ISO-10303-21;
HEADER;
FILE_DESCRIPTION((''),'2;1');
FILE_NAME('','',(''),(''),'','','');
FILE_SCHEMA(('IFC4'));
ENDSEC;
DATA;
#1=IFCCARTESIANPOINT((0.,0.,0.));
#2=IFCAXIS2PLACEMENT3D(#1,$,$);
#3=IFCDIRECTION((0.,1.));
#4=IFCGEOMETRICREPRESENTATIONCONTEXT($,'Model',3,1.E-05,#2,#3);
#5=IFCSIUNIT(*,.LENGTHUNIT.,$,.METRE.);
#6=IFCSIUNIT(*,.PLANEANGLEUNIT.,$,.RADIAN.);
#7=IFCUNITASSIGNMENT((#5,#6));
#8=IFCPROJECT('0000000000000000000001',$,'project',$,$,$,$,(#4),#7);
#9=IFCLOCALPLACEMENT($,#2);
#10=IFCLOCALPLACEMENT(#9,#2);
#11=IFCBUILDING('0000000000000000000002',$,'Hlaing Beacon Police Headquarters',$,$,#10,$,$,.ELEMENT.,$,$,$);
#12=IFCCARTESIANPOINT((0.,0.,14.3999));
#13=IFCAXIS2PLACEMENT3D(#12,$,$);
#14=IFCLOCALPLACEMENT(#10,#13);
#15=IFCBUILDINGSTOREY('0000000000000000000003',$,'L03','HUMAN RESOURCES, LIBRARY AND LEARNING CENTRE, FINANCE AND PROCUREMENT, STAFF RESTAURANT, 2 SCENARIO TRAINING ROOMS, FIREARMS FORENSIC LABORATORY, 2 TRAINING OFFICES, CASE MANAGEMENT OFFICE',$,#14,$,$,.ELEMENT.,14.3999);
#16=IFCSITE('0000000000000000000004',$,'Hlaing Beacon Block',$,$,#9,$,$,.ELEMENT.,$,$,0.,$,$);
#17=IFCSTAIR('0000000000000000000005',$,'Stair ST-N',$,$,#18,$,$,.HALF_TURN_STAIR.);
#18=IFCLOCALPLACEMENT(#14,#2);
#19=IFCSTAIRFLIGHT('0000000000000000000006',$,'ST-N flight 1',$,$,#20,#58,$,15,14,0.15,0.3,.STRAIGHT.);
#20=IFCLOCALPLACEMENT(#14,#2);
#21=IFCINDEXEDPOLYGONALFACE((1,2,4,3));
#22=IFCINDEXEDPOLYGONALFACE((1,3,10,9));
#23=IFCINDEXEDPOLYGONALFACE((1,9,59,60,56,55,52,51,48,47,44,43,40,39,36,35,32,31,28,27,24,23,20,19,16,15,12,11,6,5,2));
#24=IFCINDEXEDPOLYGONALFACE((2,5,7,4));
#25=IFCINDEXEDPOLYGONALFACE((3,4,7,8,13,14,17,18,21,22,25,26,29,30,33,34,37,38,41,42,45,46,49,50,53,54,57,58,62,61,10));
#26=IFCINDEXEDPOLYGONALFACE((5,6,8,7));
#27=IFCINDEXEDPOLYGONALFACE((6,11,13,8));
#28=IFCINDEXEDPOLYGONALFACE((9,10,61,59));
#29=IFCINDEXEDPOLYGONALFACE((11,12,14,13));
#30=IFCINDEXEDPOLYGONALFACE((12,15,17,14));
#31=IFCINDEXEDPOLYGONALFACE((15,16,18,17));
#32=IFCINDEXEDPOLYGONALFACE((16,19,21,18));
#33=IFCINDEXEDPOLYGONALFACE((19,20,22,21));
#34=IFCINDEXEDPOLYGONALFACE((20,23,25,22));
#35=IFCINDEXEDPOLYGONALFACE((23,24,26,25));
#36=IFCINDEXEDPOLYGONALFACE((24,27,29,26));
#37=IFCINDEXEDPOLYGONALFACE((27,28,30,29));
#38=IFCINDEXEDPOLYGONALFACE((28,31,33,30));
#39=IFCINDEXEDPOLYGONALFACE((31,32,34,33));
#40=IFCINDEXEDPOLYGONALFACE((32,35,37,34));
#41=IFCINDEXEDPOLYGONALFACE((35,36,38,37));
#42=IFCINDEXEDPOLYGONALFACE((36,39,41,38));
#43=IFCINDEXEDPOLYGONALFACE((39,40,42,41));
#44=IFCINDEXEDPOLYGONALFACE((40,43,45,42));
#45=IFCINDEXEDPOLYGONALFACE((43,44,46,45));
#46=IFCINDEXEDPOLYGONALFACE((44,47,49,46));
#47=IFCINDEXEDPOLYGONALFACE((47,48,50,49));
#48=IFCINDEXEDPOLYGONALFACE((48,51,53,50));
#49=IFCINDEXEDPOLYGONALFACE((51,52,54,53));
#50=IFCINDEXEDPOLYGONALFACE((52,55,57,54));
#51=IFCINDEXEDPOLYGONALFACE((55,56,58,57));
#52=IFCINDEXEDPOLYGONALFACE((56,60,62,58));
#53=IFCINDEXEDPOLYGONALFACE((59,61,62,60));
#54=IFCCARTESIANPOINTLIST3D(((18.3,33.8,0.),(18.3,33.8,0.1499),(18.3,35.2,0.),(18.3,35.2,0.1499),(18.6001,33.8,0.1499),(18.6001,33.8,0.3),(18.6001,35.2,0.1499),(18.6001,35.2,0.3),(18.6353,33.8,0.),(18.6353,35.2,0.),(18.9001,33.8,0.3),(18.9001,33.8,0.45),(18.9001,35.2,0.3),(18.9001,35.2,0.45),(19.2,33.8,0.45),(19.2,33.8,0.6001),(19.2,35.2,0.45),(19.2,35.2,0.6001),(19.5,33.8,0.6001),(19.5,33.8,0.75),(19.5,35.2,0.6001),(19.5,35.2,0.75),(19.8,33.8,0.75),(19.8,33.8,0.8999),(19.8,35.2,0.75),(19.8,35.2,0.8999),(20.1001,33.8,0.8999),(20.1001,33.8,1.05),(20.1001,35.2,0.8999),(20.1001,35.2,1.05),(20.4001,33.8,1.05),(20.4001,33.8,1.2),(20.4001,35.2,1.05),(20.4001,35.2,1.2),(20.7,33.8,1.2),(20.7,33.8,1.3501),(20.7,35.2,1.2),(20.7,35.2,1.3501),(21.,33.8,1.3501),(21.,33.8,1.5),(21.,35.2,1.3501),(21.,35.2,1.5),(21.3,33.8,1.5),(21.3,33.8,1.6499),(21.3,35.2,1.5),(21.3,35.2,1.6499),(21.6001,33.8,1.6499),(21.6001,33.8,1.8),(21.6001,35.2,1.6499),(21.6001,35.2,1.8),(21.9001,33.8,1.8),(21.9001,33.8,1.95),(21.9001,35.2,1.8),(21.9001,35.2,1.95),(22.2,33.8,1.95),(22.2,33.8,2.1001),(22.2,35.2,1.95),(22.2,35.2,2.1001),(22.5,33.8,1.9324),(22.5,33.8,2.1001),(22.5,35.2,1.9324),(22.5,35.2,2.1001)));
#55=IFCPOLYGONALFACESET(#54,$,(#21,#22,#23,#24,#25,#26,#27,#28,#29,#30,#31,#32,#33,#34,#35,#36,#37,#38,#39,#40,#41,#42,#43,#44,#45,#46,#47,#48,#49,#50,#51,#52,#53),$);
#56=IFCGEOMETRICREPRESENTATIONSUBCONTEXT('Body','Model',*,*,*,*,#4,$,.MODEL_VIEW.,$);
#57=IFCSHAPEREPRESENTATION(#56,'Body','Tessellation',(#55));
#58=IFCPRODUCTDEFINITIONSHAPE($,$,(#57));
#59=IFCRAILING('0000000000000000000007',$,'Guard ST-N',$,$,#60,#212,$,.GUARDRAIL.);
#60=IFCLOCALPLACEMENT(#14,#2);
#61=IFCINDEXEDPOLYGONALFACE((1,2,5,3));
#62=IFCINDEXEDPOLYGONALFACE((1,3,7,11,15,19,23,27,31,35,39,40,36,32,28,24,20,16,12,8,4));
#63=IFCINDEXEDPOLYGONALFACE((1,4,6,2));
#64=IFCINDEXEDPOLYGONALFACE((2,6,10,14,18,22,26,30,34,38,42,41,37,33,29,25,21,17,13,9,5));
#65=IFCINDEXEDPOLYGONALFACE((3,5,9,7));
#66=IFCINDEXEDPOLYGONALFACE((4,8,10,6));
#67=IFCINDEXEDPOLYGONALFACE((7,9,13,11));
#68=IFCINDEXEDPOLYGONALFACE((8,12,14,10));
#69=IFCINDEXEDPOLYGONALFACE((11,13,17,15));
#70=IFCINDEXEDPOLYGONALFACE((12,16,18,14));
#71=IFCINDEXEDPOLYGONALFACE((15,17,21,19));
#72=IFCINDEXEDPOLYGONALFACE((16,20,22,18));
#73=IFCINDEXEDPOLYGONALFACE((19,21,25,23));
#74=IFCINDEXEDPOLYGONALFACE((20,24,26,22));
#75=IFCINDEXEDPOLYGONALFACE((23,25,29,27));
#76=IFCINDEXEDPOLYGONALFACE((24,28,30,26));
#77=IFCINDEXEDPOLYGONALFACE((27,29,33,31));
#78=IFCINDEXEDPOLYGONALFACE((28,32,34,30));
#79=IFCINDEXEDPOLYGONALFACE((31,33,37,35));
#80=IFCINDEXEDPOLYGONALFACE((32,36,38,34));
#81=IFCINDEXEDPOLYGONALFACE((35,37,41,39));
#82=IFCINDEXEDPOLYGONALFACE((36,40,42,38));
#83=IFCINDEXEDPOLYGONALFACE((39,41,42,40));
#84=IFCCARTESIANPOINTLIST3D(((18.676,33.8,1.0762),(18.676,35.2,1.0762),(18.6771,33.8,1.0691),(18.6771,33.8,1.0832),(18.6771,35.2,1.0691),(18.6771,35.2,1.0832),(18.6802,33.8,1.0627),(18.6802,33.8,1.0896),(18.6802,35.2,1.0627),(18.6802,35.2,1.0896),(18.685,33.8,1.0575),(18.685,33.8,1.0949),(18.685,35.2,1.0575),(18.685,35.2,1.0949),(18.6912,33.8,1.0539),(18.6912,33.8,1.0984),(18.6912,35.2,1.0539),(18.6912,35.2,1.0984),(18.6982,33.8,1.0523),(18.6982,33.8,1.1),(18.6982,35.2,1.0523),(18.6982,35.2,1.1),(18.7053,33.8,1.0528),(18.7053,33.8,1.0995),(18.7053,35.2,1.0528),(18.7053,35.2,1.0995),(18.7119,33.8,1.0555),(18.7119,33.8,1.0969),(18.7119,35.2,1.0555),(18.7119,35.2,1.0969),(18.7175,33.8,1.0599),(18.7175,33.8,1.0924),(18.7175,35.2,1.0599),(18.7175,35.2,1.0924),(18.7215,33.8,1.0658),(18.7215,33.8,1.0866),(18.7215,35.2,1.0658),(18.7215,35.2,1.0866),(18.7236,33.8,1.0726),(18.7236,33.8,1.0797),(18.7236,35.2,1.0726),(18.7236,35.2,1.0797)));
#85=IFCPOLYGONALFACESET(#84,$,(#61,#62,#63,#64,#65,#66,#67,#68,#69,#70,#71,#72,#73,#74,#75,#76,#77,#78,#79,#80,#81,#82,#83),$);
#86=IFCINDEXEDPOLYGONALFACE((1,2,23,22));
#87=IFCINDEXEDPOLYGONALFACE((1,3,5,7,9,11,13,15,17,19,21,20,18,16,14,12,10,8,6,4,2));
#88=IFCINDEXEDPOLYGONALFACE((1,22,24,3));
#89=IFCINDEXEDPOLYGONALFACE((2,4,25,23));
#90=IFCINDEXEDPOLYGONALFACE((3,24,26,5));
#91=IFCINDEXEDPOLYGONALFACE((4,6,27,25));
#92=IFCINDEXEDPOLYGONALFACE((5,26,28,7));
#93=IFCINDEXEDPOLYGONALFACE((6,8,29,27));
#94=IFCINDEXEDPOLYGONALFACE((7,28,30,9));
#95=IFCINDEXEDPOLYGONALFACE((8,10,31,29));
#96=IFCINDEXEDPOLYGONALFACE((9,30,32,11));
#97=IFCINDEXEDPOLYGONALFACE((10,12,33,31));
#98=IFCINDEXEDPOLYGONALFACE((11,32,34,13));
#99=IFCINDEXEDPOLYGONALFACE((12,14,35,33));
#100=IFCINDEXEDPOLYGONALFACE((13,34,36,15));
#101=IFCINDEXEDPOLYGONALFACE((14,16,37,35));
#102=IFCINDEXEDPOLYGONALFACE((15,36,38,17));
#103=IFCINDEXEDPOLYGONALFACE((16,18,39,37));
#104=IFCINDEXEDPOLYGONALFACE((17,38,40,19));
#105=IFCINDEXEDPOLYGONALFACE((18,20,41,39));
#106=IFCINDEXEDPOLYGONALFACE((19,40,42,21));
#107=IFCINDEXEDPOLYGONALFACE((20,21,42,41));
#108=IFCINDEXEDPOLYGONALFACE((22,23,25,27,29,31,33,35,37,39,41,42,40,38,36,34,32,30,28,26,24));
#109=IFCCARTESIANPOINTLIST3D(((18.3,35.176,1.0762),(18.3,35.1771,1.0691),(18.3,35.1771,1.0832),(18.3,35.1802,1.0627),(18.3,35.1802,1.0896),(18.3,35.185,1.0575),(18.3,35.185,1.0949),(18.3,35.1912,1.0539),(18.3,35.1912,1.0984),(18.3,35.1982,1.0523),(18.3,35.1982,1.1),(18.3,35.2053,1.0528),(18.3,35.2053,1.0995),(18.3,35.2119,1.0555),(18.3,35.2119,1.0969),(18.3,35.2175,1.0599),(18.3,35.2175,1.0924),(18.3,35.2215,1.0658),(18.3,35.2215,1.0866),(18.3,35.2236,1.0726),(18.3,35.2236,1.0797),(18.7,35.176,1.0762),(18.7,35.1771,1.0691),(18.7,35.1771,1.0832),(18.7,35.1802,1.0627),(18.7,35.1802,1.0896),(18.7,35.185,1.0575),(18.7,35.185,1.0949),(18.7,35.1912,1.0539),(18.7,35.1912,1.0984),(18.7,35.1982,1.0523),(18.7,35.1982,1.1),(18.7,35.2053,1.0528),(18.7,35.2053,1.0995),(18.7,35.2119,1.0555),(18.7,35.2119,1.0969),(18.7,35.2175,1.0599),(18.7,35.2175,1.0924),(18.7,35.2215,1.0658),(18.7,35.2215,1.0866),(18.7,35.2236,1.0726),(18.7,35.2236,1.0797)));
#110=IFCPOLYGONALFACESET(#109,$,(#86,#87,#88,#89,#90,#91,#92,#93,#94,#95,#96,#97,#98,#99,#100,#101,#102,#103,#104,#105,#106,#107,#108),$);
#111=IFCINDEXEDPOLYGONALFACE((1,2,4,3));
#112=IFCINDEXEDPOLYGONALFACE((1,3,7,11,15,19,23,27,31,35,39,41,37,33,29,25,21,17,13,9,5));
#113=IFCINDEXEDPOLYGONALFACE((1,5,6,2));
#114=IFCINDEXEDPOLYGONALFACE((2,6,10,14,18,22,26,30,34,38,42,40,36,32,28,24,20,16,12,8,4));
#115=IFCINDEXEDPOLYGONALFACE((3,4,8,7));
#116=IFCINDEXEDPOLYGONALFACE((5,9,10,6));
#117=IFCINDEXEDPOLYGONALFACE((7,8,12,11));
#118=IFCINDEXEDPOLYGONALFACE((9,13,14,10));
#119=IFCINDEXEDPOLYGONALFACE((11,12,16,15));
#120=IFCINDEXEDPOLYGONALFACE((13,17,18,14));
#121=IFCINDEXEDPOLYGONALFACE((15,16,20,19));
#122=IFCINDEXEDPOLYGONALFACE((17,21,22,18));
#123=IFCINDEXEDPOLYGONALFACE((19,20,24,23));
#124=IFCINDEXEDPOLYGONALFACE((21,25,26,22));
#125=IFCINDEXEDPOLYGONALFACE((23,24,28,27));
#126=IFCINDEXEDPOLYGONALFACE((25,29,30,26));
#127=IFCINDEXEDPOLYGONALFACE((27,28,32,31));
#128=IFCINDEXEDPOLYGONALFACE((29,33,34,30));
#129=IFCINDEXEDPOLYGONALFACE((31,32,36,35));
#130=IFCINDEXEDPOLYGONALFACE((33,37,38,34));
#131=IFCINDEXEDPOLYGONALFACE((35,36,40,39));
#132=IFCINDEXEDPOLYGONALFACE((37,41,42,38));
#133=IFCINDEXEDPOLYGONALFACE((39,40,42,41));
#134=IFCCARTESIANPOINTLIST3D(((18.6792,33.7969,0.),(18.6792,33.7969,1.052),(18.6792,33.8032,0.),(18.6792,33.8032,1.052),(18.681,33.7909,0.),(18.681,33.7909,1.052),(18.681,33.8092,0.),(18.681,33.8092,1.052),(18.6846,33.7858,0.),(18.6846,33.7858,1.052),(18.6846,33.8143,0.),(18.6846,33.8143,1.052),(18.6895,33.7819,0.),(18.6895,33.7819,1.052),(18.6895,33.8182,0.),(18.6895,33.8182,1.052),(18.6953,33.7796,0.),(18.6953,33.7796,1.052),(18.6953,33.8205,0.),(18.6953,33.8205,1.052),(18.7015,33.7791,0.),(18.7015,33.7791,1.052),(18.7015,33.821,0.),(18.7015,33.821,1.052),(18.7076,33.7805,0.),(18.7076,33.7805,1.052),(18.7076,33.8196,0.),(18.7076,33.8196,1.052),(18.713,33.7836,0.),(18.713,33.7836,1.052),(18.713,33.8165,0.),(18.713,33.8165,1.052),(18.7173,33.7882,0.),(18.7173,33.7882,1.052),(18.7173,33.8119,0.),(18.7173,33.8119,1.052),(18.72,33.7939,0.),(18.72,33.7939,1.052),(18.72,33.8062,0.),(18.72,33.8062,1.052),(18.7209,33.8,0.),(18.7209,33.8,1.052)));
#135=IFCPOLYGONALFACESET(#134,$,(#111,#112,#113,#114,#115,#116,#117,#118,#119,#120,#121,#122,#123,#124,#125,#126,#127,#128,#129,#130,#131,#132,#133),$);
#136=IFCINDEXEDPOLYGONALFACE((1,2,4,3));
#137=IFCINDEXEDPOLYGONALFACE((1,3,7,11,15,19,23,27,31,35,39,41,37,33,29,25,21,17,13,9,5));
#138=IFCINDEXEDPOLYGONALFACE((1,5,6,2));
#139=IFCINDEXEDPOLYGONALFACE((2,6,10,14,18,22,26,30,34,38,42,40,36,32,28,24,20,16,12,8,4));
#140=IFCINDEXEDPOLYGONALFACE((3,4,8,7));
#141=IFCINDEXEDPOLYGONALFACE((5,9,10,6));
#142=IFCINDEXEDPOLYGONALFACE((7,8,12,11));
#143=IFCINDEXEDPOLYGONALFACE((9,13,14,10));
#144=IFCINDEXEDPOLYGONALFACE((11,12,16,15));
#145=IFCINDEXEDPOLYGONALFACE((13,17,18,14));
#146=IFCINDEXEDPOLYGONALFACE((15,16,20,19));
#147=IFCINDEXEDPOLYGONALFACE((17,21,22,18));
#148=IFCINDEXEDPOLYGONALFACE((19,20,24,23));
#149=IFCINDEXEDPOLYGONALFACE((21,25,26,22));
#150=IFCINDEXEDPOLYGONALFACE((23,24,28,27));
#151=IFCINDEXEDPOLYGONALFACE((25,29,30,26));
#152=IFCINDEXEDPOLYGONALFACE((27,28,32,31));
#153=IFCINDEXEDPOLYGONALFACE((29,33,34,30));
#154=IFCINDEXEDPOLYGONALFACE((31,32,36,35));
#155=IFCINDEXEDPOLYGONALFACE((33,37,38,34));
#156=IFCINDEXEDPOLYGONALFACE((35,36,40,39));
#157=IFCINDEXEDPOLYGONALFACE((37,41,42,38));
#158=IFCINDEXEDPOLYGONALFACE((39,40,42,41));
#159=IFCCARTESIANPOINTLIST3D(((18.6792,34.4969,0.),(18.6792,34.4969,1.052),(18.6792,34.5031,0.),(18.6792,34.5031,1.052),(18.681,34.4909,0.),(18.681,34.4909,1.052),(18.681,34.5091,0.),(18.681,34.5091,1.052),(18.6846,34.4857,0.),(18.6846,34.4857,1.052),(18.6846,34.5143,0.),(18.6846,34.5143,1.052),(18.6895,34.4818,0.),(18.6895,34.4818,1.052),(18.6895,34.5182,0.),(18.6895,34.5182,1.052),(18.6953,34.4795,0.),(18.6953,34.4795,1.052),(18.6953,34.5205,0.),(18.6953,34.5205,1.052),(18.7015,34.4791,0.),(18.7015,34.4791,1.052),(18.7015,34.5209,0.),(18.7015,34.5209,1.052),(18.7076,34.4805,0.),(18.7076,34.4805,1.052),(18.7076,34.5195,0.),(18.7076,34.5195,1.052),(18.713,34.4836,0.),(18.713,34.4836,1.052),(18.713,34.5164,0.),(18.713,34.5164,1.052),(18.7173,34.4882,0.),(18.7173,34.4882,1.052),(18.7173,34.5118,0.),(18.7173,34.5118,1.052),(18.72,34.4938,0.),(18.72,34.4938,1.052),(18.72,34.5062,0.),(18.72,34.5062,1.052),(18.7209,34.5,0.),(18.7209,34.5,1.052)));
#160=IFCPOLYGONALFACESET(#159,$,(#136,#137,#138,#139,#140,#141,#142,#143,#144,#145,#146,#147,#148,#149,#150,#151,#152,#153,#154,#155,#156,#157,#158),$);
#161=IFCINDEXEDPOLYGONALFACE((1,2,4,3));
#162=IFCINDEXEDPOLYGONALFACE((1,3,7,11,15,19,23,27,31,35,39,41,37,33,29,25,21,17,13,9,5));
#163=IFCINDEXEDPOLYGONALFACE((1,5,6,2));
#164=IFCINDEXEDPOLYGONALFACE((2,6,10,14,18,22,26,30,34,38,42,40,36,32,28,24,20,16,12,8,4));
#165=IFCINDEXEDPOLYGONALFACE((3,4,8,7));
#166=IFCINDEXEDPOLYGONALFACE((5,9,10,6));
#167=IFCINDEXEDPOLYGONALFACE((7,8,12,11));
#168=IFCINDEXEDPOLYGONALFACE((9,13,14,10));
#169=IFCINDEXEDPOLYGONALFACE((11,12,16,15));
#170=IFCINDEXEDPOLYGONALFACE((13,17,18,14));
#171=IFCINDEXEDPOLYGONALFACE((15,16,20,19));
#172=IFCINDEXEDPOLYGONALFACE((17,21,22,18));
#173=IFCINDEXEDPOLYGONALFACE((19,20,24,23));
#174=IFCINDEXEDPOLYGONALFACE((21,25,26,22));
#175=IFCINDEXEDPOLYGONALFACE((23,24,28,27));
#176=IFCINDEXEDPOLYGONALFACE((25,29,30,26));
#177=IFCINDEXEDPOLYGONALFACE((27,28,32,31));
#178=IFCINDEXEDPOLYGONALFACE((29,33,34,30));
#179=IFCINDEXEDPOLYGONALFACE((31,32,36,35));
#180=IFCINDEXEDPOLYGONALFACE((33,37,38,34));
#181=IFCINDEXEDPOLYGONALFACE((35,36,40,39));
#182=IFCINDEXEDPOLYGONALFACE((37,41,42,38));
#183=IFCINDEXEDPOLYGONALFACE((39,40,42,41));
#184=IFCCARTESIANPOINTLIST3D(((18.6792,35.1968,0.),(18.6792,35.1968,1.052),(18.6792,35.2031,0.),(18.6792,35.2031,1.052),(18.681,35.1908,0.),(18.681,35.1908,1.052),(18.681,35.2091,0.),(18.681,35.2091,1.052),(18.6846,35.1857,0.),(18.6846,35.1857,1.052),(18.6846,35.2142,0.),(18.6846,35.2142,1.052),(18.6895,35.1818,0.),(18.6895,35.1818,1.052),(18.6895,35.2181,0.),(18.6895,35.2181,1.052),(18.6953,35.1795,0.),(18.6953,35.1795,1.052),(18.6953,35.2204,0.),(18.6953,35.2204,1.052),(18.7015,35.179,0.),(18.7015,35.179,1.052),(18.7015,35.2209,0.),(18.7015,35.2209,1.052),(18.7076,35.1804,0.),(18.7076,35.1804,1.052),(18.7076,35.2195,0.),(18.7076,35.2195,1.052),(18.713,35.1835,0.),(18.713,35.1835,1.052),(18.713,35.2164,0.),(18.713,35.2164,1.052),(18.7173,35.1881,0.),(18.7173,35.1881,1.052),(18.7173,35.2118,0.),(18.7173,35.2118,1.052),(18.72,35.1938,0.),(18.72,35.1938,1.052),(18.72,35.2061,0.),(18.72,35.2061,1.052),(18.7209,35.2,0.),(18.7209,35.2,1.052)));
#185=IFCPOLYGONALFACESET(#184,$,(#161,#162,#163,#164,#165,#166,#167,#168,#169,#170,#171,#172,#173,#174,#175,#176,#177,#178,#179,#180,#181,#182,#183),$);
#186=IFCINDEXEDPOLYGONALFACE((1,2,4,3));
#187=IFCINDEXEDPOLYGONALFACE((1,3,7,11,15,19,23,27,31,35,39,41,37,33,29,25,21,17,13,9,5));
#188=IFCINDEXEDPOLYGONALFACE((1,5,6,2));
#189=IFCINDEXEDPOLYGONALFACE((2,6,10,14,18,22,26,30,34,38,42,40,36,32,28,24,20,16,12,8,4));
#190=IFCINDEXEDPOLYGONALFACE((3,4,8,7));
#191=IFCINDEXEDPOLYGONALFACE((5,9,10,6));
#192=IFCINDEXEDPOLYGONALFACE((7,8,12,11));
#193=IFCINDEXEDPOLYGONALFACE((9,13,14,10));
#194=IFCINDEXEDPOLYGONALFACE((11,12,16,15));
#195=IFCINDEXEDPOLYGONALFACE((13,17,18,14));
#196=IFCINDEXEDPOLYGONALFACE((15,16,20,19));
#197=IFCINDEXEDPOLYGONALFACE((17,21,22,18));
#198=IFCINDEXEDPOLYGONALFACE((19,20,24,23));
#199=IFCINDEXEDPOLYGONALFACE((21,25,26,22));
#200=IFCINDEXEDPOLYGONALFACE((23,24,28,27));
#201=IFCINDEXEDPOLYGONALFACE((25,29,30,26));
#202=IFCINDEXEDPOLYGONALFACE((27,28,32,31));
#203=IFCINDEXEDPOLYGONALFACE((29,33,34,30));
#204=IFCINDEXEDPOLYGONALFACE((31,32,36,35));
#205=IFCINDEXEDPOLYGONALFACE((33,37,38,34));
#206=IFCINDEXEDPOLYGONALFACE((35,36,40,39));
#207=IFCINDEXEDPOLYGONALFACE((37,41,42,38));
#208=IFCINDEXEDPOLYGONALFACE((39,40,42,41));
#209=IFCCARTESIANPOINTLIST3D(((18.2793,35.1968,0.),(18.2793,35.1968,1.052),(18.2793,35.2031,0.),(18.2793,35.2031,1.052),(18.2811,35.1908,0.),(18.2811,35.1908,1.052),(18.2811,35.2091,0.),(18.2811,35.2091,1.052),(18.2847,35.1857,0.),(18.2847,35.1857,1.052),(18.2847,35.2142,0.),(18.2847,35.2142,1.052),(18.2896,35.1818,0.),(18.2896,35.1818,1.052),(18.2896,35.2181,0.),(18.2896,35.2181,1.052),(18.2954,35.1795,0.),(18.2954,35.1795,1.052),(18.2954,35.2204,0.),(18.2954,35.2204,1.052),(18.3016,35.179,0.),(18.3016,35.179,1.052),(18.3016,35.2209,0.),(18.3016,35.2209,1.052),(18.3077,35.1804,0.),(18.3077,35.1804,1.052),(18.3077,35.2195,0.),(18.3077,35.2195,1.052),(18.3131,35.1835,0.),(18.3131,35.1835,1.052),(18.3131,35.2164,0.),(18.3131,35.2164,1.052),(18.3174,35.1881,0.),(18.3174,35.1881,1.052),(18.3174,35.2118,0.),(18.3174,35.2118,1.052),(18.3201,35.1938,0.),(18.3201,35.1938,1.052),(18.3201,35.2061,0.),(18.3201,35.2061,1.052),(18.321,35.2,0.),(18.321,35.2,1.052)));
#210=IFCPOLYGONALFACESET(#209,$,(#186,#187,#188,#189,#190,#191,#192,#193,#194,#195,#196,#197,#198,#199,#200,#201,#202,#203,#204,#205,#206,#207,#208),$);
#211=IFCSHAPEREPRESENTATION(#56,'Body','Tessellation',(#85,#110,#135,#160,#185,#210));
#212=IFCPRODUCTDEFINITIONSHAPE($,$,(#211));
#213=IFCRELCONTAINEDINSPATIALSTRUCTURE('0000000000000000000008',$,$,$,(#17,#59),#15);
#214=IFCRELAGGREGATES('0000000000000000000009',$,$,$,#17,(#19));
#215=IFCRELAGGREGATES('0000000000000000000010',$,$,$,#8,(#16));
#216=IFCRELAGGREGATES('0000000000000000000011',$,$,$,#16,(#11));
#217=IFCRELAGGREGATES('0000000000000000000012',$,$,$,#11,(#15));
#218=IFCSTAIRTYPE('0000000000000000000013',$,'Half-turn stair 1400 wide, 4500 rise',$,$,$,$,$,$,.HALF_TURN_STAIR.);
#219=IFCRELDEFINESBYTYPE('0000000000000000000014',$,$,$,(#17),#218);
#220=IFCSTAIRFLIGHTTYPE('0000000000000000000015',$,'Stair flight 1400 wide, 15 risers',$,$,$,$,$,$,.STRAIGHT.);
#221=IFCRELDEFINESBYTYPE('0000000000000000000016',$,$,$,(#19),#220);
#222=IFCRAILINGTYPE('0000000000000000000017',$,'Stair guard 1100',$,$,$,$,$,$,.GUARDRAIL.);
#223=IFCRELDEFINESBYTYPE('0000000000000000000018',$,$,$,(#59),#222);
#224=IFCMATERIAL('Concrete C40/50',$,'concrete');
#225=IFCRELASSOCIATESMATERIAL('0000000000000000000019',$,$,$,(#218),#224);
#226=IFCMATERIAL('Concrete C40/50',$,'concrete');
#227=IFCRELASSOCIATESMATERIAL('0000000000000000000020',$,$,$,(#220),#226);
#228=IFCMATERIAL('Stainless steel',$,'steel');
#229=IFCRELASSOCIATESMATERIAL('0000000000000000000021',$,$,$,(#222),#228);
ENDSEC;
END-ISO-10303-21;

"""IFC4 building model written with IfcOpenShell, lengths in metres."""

from ifc_helpers import new_model, si_unit, direction, frame, origin, origin_2d, place, context, subcontext, project, spatial, polyline, circle, outline, extrude, material, type_object, element, aggregate, save


model = new_model("IFC4")

# Units and contexts
model_context = context("Model", 3, precision=1e-05, world=origin(), true_north=direction((0.0, 1.0)))
body_context = subcontext(model_context, "Body", "Model", "MODEL_VIEW")
ifc_project = project(units=[si_unit("LENGTHUNIT", "METRE"), si_unit("PLANEANGLEUNIT", "RADIAN")], contexts=[model_context])

# Site, building, storey
site_placement = place(None, origin())
site = spatial("IfcSite", under=ifc_project, at=site_placement, Name="Hlaing Beacon Block", CompositionType="ELEMENT", RefElevation=0.0)
building_placement = place(site_placement, origin())
building = spatial("IfcBuilding", under=site, at=building_placement, Name="Hlaing Beacon Police Headquarters", CompositionType="ELEMENT")
storey_placement = place(building_placement, frame((0.0, 0.0, 14.3999)))
storey = spatial("IfcBuildingStorey", under=building, at=storey_placement, Name="L03", Description="HUMAN RESOURCES, LIBRARY AND LEARNING CENTRE, FINANCE AND PROCUREMENT, STAFF RESTAURANT, 2 SCENARIO TRAINING ROOMS, FIREARMS FORENSIC LABORATORY, 2 TRAINING OFFICES, CASE MANAGEMENT OFFICE", CompositionType="ELEMENT", Elevation=14.3999)

# Stair, stair flight
ifc_material_1 = material(Name="Concrete C40/50", Category="concrete")
stair_type = type_object("IfcStairType", Name="Half-turn stair 1400 wide, 4500 rise", PredefinedType="HALF_TURN_STAIR", material=ifc_material_1)
stair_placement = place(storey_placement, origin())
stair = element("IfcStair", 1, at=stair_placement, inside=storey, type_object=stair_type, Name="Stair ST-N", PredefinedType="HALF_TURN_STAIR")
ifc_material_2 = material(Name="Concrete C40/50", Category="concrete")
stair_flight_type = type_object("IfcStairFlightType", Name="Stair flight 1400 wide, 15 risers", PredefinedType="STRAIGHT", material=ifc_material_2)
stair_flight_placement = place(storey_placement, frame((18.3, 34.5, 0.0), z_axis=(0.0, 0.0, 1.0), x_axis=(1.0, 0.0, 0.0)))
stair_flight = element("IfcStairFlight", 2, at=stair_flight_placement, type_object=stair_flight_type, Name="ST-N flight 1", NumberOfRisers=15, NumberOfTreads=14, PredefinedType="STRAIGHT", RiserHeight=0.15, TreadLength=0.3, context=body_context, shape_type="SweptSolid", body=[
    extrude(outline(polyline([(0.0, 0.0), (0.0, 0.1499), (0.3, 0.1499), (0.3, 0.3), (0.6001, 0.3), (0.6001, 0.45), (0.8999, 0.45), (0.8999, 0.6001), (1.2, 0.6001), (1.2, 0.75), (1.5, 0.75), (1.5, 0.8999), (1.8, 0.8999), (1.8, 1.05), (2.1001, 1.05), (2.1001, 1.2), (2.3999, 1.2), (2.3999, 1.3501), (2.7, 1.3501), (2.7, 1.5), (3.0, 1.5), (3.0, 1.6499), (3.3, 1.6499), (3.3, 1.8), (3.6001, 1.8), (3.6001, 1.95), (3.8999, 1.95), (3.8999, 2.1001), (4.2, 2.1001), (4.2, 2.25), (4.2, 1.9324), (0.3352, 0.0), (0.0, 0.0)])), frame((0.0, 0.7, 0.0), z_axis=(0.0, -1.0, 0.0), x_axis=(1.0, 0.0, 0.0)), (0.0, 0.0, 1.0), 1.3999),
])
aggregate(stair, [stair_flight])

# Railing
ifc_material_3 = material(Name="Stainless steel", Category="steel")
railing_type_1 = type_object("IfcRailingType", Name="Stair guard 1100", PredefinedType="GUARDRAIL", material=ifc_material_3)
railing_placement = place(storey_placement, frame((18.7, 33.8, 0.0)))
element("IfcRailing", 3, at=railing_placement, inside=storey, type_object=railing_type_1, Name="Guard ST-N", PredefinedType="GUARDRAIL", context=body_context, shape_type="SweptSolid", body=[
    extrude(circle(Radius=0.0239, at=origin_2d()), frame((0.0, 0.0, 1.0762), z_axis=(0.0, 1.0, 0.0), x_axis=(-1.0, 0.0, 0.0)), (0.0, 0.0, 1.0), 1.3999),
    extrude(circle(Radius=0.0239, at=origin_2d()), frame((0.0, 1.3999, 1.0762), z_axis=(-1.0, 0.0, 0.0), x_axis=(0.0, -1.0, 0.0)), (0.0, 0.0, 1.0), 0.3999),
    extrude(circle(Radius=0.021, at=origin_2d()), origin(), (0.0, 0.0, 1.0), 1.052),
    extrude(circle(Radius=0.021, at=origin_2d()), frame((0.0, 0.7, 0.0)), (0.0, 0.0, 1.0), 1.052),
    extrude(circle(Radius=0.021, at=origin_2d()), frame((0.0, 1.3999, 0.0)), (0.0, 0.0, 1.0), 1.052),
    extrude(circle(Radius=0.021, at=origin_2d()), frame((-0.3999, 1.3999, 0.0)), (0.0, 0.0, 1.0), 1.052),
])

save(model, "model.ifc")
